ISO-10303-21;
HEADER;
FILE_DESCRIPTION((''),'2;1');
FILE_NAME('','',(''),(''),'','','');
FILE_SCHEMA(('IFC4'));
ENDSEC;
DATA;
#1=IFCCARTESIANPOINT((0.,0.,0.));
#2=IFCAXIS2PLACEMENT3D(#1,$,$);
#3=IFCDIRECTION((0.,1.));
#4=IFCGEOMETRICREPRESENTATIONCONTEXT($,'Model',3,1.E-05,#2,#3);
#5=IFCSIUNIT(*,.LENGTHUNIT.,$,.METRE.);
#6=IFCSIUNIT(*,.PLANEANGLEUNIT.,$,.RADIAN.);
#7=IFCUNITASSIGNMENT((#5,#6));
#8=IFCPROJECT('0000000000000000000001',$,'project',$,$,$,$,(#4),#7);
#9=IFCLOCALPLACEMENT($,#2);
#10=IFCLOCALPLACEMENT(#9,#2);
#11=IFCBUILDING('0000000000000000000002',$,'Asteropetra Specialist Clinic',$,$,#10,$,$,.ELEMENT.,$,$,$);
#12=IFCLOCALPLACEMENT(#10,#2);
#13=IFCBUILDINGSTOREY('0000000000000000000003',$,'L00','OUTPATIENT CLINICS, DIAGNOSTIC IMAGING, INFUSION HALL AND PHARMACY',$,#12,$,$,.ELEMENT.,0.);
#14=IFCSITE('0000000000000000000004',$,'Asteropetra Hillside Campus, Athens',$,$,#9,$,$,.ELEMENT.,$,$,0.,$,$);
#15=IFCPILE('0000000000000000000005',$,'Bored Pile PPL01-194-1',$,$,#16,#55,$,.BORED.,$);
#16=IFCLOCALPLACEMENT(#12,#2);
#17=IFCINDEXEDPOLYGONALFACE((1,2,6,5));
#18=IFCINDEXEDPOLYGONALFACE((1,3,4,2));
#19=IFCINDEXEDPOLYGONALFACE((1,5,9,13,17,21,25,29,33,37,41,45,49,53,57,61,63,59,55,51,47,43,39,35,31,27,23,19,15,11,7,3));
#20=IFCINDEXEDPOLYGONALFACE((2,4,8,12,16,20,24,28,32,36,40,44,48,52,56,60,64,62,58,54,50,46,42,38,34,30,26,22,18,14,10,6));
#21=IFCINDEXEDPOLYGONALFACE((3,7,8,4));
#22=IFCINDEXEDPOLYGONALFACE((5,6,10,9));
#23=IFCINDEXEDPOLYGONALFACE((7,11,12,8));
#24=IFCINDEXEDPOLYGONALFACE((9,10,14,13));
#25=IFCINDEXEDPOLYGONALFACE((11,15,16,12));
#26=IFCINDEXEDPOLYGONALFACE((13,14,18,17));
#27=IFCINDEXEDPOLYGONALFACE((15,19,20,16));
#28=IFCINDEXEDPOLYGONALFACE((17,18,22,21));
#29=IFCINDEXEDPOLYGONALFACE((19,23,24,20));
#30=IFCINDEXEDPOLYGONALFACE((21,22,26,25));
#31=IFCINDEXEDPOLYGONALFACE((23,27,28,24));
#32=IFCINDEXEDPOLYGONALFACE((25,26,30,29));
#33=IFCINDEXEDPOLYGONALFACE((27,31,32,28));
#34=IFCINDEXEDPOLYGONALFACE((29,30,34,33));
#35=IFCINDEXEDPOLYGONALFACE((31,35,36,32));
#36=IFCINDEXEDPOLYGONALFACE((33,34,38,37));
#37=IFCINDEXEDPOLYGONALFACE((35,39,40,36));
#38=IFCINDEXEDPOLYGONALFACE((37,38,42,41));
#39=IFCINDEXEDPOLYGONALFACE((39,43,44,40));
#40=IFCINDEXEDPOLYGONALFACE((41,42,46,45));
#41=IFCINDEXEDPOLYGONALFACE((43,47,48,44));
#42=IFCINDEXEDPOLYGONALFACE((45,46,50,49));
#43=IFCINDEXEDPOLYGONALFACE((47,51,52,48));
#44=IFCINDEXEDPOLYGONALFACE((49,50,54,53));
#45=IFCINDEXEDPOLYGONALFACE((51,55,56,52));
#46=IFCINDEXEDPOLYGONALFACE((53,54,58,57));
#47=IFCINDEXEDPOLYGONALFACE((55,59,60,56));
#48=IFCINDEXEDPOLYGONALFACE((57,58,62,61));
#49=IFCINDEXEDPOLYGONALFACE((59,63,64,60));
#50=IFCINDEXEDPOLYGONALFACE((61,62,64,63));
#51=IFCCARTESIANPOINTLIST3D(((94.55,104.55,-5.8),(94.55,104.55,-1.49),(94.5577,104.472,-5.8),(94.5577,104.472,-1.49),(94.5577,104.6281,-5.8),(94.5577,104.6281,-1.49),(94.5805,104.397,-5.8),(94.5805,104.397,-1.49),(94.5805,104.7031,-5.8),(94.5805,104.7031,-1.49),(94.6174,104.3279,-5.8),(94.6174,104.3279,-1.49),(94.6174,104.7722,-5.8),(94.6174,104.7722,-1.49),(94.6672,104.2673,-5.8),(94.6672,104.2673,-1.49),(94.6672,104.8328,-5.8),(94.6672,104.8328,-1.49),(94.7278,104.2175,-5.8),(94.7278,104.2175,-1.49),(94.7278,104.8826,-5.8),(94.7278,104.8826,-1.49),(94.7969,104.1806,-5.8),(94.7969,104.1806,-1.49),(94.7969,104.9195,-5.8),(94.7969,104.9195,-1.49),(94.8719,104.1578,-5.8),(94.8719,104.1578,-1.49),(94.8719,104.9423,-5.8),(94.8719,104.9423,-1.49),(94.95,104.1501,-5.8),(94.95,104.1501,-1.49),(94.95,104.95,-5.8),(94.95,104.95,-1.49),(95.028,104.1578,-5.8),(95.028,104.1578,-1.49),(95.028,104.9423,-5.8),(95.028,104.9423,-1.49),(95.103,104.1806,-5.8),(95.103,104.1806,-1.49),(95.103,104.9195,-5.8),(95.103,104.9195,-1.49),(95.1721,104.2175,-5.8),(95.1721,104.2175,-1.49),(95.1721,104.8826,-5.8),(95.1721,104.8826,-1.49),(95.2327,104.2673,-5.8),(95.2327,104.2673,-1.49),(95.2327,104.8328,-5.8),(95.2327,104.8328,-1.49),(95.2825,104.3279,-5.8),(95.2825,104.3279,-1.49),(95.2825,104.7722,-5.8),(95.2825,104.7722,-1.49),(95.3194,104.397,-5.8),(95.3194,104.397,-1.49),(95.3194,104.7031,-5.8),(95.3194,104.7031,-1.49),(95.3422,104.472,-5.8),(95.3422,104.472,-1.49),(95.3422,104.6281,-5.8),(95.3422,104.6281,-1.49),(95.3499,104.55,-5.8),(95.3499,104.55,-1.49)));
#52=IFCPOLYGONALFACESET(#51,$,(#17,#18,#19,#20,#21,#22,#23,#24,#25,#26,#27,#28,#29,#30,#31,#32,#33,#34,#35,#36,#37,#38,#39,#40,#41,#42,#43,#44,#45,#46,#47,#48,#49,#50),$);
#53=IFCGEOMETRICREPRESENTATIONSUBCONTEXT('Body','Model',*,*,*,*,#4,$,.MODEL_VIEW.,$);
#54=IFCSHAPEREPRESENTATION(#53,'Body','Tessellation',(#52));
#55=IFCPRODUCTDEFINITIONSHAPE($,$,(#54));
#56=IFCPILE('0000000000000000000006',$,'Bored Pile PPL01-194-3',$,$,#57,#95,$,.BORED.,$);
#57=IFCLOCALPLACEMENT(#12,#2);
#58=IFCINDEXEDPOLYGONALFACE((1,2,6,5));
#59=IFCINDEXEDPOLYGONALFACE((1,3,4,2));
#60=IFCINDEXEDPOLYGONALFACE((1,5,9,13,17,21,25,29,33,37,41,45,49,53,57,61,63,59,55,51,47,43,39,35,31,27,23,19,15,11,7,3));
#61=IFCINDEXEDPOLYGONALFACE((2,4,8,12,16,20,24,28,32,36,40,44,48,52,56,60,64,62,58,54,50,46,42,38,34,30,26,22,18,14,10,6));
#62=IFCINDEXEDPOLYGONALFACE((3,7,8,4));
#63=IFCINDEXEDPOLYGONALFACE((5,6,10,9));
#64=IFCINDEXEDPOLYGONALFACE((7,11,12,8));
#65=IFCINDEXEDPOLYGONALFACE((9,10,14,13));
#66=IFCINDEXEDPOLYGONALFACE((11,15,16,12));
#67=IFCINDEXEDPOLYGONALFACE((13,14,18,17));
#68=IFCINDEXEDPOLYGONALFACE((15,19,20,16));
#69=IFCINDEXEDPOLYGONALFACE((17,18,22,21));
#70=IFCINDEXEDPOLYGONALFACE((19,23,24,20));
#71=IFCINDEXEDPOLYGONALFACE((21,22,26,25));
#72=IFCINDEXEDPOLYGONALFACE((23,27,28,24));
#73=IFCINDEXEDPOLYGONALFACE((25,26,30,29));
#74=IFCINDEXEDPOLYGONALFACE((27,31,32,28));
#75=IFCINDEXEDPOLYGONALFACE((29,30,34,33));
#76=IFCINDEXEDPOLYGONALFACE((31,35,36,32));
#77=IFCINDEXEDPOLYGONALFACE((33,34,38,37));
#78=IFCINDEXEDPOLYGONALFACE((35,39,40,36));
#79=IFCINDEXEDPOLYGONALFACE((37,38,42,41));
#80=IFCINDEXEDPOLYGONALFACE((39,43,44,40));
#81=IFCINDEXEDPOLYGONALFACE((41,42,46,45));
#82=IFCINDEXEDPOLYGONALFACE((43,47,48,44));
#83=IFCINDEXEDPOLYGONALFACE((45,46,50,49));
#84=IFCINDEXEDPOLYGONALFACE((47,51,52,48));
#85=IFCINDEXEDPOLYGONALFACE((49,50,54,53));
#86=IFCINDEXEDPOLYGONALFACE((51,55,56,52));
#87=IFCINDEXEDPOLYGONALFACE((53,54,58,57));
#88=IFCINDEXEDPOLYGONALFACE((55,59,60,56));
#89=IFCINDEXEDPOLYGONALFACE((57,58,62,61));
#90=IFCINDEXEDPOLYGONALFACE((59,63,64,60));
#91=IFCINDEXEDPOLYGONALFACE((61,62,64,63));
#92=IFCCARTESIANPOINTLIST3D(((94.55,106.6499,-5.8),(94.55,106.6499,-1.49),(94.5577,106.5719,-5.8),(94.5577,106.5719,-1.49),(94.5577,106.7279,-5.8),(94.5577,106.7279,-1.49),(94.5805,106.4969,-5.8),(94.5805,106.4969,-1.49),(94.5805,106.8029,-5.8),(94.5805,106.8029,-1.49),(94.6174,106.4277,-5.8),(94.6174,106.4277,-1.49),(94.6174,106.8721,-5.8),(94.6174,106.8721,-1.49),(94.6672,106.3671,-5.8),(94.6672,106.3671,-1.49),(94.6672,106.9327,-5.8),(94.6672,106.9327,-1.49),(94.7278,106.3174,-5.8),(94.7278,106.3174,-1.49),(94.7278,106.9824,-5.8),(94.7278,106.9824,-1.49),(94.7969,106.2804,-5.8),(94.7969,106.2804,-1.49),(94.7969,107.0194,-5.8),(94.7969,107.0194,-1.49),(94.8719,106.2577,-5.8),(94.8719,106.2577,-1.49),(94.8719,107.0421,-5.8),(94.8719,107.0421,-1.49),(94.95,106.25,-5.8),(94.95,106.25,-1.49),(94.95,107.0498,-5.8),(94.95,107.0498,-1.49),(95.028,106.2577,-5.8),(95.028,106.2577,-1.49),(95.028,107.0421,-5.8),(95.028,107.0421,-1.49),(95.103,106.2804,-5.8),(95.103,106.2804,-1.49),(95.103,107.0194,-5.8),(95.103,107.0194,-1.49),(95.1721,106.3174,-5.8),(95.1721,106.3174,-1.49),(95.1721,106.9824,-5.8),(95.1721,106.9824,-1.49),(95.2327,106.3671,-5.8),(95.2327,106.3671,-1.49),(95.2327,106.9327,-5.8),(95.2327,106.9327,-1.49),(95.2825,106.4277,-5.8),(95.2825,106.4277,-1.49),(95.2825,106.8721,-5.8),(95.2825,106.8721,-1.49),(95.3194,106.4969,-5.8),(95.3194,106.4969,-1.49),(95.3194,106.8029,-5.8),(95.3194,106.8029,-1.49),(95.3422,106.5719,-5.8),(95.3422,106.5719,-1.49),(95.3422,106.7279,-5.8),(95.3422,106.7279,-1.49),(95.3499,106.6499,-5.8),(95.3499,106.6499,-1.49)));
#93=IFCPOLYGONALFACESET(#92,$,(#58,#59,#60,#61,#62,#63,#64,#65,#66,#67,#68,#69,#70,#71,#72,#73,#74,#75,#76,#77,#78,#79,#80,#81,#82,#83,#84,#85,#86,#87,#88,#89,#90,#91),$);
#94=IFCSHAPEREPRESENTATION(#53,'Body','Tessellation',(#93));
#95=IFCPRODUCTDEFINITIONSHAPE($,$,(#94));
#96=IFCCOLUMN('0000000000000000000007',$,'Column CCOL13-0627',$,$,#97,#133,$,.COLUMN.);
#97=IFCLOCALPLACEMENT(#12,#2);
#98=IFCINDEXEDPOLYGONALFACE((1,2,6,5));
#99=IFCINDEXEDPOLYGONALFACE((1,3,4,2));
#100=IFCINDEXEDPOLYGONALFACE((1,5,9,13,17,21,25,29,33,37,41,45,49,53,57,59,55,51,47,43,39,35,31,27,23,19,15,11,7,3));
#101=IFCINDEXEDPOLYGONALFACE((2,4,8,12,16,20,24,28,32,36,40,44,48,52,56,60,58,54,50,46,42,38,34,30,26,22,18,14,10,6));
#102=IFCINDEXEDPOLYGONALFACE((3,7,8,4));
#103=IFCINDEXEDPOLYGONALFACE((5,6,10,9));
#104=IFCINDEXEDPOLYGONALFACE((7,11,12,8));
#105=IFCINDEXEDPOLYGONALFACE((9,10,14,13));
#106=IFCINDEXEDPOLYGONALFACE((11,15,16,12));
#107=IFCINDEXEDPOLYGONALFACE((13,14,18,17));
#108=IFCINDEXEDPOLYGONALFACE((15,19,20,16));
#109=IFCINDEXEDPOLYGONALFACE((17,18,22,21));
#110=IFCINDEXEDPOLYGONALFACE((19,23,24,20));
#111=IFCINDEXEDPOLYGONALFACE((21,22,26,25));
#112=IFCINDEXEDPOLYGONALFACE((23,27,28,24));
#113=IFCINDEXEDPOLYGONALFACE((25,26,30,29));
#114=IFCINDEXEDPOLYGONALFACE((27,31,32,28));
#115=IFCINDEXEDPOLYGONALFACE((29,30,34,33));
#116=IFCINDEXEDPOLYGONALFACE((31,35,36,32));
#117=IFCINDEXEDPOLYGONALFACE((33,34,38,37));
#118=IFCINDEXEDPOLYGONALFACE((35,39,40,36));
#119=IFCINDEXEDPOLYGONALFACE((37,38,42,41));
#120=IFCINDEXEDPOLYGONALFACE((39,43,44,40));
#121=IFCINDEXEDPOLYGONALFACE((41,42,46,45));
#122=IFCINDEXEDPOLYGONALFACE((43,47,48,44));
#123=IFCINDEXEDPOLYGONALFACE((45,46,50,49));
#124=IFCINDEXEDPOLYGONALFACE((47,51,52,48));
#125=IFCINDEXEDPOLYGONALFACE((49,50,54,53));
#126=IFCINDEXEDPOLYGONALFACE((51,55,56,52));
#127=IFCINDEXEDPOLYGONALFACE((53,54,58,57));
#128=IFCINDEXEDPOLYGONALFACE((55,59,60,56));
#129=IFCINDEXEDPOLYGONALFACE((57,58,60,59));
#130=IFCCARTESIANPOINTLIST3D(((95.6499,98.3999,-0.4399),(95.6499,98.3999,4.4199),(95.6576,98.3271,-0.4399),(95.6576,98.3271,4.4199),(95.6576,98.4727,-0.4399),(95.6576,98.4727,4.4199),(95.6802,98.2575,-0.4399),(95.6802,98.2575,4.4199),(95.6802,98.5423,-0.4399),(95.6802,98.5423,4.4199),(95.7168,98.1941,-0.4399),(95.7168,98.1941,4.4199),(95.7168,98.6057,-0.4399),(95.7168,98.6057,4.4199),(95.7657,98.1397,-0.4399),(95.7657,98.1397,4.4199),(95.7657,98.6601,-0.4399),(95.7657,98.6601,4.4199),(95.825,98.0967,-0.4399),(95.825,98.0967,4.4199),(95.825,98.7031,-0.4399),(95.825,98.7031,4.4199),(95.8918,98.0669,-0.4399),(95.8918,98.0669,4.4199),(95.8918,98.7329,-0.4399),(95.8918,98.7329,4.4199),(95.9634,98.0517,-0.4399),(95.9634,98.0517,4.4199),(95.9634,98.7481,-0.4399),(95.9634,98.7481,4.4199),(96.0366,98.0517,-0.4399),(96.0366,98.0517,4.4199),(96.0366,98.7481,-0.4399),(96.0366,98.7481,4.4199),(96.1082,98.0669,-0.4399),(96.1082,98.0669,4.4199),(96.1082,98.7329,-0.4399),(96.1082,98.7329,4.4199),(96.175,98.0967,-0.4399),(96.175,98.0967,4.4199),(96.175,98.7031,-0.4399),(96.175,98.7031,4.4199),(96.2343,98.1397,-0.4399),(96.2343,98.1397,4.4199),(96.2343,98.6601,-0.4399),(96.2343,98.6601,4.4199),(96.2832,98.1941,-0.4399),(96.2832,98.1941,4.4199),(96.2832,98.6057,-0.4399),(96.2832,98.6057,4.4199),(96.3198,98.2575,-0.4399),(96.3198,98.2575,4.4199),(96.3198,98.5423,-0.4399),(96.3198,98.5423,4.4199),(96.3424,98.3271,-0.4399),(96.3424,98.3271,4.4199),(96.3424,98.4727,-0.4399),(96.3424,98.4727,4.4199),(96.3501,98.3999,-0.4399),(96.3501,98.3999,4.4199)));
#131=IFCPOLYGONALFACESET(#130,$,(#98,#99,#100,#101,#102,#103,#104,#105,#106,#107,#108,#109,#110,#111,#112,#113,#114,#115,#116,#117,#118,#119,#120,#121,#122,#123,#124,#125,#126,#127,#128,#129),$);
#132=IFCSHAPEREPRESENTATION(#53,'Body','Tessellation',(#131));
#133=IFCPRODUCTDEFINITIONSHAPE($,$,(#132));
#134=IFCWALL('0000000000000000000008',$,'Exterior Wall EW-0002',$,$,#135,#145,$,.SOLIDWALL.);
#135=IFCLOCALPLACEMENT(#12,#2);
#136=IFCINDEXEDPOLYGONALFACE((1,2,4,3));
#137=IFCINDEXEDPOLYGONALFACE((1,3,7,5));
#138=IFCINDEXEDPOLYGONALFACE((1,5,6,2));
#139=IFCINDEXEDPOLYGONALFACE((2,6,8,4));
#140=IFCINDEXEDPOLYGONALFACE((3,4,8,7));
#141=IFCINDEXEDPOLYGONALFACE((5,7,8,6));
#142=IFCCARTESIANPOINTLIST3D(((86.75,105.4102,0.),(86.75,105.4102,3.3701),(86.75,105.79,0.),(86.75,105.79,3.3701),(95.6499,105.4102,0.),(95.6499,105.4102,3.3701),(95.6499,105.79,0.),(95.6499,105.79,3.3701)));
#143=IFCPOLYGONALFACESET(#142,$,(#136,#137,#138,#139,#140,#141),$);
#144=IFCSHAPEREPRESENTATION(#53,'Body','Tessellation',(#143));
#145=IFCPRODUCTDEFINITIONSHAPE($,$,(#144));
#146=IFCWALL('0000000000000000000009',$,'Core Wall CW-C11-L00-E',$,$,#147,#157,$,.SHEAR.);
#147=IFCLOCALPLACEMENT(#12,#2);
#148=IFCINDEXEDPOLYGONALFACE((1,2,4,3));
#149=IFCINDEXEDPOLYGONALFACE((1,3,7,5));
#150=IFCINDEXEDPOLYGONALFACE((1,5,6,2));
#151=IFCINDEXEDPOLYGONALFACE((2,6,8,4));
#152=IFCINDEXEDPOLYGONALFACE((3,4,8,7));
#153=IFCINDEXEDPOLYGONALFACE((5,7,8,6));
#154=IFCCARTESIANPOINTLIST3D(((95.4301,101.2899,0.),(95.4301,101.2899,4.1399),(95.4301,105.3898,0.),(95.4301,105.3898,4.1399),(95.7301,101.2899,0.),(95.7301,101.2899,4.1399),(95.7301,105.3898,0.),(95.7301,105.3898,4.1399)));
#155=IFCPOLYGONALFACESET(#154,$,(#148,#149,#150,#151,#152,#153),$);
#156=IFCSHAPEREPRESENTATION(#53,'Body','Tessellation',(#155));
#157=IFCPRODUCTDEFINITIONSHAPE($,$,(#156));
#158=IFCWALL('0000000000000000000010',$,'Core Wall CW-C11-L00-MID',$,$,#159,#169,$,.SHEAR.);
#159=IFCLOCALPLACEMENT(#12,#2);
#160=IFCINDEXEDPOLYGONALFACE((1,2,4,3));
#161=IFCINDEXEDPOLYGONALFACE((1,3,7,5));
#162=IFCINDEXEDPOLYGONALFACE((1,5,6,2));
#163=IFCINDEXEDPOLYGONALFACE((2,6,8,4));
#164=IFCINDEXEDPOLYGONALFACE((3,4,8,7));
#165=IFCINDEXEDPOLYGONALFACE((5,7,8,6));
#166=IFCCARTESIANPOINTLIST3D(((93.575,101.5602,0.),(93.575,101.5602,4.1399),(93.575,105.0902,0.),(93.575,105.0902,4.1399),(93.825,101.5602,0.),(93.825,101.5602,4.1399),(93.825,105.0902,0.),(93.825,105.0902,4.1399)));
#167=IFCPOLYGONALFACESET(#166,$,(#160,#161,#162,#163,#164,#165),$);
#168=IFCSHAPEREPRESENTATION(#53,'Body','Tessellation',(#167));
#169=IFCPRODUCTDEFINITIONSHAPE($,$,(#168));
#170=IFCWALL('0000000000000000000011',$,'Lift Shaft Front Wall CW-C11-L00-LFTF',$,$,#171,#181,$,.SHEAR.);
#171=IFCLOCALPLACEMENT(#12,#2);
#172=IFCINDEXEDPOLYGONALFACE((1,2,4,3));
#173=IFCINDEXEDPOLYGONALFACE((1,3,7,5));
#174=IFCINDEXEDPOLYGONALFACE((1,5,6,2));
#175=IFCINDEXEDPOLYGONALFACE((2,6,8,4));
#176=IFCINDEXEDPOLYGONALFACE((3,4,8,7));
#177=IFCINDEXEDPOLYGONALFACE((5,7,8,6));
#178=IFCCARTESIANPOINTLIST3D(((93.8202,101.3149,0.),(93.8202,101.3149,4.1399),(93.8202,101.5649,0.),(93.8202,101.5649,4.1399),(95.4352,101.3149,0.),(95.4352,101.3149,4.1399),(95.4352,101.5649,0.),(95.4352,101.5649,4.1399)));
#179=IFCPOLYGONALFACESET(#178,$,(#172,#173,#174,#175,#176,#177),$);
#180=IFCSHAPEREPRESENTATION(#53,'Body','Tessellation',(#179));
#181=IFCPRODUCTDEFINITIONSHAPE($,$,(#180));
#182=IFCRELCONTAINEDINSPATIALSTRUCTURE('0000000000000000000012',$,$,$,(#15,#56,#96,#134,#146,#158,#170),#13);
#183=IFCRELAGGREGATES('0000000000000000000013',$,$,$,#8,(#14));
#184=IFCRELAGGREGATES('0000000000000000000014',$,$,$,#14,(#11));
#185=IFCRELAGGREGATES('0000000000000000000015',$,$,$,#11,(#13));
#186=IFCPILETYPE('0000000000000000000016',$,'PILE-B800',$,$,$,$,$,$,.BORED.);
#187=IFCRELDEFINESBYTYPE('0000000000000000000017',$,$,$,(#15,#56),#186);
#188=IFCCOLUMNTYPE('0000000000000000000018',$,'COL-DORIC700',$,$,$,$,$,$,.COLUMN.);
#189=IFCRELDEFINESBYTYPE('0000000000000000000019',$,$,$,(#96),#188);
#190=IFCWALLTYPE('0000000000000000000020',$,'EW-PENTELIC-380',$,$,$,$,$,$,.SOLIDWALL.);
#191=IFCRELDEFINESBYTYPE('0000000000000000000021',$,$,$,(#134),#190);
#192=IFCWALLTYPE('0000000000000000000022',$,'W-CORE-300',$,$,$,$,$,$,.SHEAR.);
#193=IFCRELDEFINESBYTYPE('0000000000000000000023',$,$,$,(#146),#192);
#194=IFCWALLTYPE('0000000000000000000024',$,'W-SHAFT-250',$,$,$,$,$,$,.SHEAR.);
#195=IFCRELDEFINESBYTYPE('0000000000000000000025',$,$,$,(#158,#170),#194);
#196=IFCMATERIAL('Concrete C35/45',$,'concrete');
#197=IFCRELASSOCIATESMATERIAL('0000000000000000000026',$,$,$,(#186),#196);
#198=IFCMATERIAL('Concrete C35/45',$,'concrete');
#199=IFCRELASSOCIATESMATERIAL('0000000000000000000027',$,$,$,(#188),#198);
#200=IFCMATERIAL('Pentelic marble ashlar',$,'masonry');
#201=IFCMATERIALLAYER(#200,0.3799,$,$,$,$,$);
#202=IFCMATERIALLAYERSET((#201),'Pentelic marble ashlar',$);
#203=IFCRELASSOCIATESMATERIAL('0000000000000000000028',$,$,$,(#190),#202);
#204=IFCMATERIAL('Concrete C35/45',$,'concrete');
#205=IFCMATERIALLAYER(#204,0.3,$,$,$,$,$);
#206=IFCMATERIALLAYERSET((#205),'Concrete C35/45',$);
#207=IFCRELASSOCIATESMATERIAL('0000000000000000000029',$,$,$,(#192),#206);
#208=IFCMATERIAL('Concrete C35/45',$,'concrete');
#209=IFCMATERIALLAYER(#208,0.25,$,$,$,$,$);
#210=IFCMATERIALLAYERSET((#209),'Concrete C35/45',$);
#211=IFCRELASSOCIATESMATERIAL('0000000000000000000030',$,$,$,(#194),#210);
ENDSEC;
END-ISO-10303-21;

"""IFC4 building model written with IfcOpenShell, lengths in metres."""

from ifc_helpers import new_model, si_unit, direction, frame, frame_2d, origin, origin_2d, place, context, subcontext, project, spatial, rectangle, circle, extrude, material, layer, layer_set, material_profile, profile_set, type_object, element, save


model = new_model("IFC4")

# Units and contexts
model_context = context("Model", 3, precision=1e-05, world=origin(), true_north=direction((0.0, 1.0)))
body_context = subcontext(model_context, "Body", "Model", "MODEL_VIEW")
ifc_project = project(units=[si_unit("LENGTHUNIT", "METRE"), si_unit("PLANEANGLEUNIT", "RADIAN")], contexts=[model_context])

# Site, building, storey
site_placement = place(None, origin())
site = spatial("IfcSite", under=ifc_project, at=site_placement, Name="Asteropetra Hillside Campus, Athens", CompositionType="ELEMENT", RefElevation=0.0)
building_placement = place(site_placement, origin())
building = spatial("IfcBuilding", under=site, at=building_placement, Name="Asteropetra Specialist Clinic", CompositionType="ELEMENT")
storey_placement = place(building_placement, origin())
storey = spatial("IfcBuildingStorey", under=building, at=storey_placement, Name="L00", Description="OUTPATIENT CLINICS, DIAGNOSTIC IMAGING, INFUSION HALL AND PHARMACY", CompositionType="ELEMENT", Elevation=0.0)

# Piles
ifc_material_1 = material(Name="Concrete C35/45", Category="concrete")
ifc_material_profile_1 = material_profile(ifc_material_1, circle(Radius=0.3999, at=origin_2d()), Name="PILE D800")
ifc_profile_set_1 = profile_set([ifc_material_profile_1], Name="Concrete C35/45")
pile_type = type_object("IfcPileType", Name="PILE-B800", PredefinedType="BORED", material=ifc_profile_set_1)
for number, where, z_axis, x_axis, name in (
    (1, (94.95, 104.55, -1.49), (0.0, 0.0, -1.0), (1.0, 0.0, 0.0), "Bored Pile PPL01-194-1"),
    (2, (94.95, 106.6499, -1.49), (0.0, 0.0, -1.0), (1.0, 0.0, 0.0), "Bored Pile PPL01-194-3"),
):
    element("IfcPile", number, at=place(storey_placement, frame(where, z_axis=z_axis, x_axis=x_axis)), inside=storey, type_object=pile_type, Name=name, PredefinedType="BORED", context=body_context, shape_type="SweptSolid", body=[
        extrude(circle(Radius=0.3999, at=origin_2d()), origin(), (0.0, 0.0, 1.0), 4.3101),
    ])

# Column
ifc_material_2 = material(Name="Concrete C35/45", Category="concrete")
ifc_material_profile_2 = material_profile(ifc_material_2, circle(Radius=0.3501, at=origin_2d()), Name="RCC D700")
ifc_profile_set_2 = profile_set([ifc_material_profile_2], Name="Concrete C35/45")
column_type = type_object("IfcColumnType", Name="COL-DORIC700", PredefinedType="COLUMN", material=ifc_profile_set_2)
column_placement = place(storey_placement, frame((96.0, 98.3999, -0.4399), z_axis=(0.0, 0.0, 1.0), x_axis=(1.0, 0.0, 0.0)))
element("IfcColumn", 3, at=column_placement, inside=storey, type_object=column_type, Name="Column CCOL13-0627", PredefinedType="COLUMN", context=body_context, shape_type="SweptSolid", body=[
    extrude(circle(Radius=0.3501, at=origin_2d()), origin(), (0.0, 0.0, 1.0), 4.8599),
])

# Walls
ifc_material_3 = material(Name="Pentelic marble ashlar", Category="masonry")
ifc_layer_1 = layer(ifc_material_3, 0.3799)
ifc_layer_set_1 = layer_set([ifc_layer_1], Name="Pentelic marble ashlar")
wall_type_1 = type_object("IfcWallType", Name="EW-PENTELIC-380", PredefinedType="SOLIDWALL", material=ifc_layer_set_1)
wall_1_placement = place(storey_placement, frame((95.6499, 105.6001, 0.0), z_axis=(0.0, 0.0, 1.0), x_axis=(-1.0, 0.0, 0.0)))
element("IfcWall", 4, at=wall_1_placement, inside=storey, type_object=wall_type_1, Name="Exterior Wall EW-0002", PredefinedType="SOLIDWALL", context=body_context, shape_type="SweptSolid", body=[
    extrude(rectangle(XDim=8.8999, YDim=0.3799, at=frame_2d((4.45, 0.0))), origin(), (0.0, 0.0, 1.0), 3.3701),
])
ifc_material_4 = material(Name="Concrete C35/45", Category="concrete")
ifc_layer_2 = layer(ifc_material_4, 0.3)
ifc_layer_set_2 = layer_set([ifc_layer_2], Name="Concrete C35/45")
wall_type_2 = type_object("IfcWallType", Name="W-CORE-300", PredefinedType="SHEAR", material=ifc_layer_set_2)
wall_2_placement = place(storey_placement, frame((95.5801, 101.29, 0.0), z_axis=(0.0, 0.0, 1.0), x_axis=(0.0, 1.0, 0.0)))
element("IfcWall", 5, at=wall_2_placement, inside=storey, type_object=wall_type_2, Name="Core Wall CW-C11-L00-E", PredefinedType="SHEAR", context=body_context, shape_type="SweptSolid", body=[
    extrude(rectangle(XDim=4.0999, YDim=0.3, at=frame_2d((2.0498, 0.0))), origin(), (0.0, 0.0, 1.0), 4.1399),
])
ifc_material_5 = material(Name="Concrete C35/45", Category="concrete")
ifc_layer_3 = layer(ifc_material_5, 0.25)
ifc_layer_set_3 = layer_set([ifc_layer_3], Name="Concrete C35/45")
wall_type_3 = type_object("IfcWallType", Name="W-SHAFT-250", PredefinedType="SHEAR", material=ifc_layer_set_3)
wall_3_placement = place(storey_placement, frame((93.7, 101.5601, 0.0), z_axis=(0.0, 0.0, 1.0), x_axis=(0.0, 1.0, 0.0)))
element("IfcWall", 6, at=wall_3_placement, inside=storey, type_object=wall_type_3, Name="Core Wall CW-C11-L00-MID", PredefinedType="SHEAR", context=body_context, shape_type="SweptSolid", body=[
    extrude(rectangle(XDim=3.53, YDim=0.25, at=frame_2d((1.7651, 0.0))), origin(), (0.0, 0.0, 1.0), 4.1399),
])
wall_4_placement = place(storey_placement, frame((93.8201, 101.4399, 0.0), z_axis=(0.0, 0.0, 1.0), x_axis=(1.0, 0.0, 0.0)))
element("IfcWall", 7, at=wall_4_placement, inside=storey, type_object=wall_type_3, Name="Lift Shaft Front Wall CW-C11-L00-LFTF", PredefinedType="SHEAR", context=body_context, shape_type="SweptSolid", body=[
    extrude(rectangle(XDim=1.615, YDim=0.25, at=frame_2d((0.8076, 0.0))), origin(), (0.0, 0.0, 1.0), 4.1399),
])

save(model, "model.ifc")
